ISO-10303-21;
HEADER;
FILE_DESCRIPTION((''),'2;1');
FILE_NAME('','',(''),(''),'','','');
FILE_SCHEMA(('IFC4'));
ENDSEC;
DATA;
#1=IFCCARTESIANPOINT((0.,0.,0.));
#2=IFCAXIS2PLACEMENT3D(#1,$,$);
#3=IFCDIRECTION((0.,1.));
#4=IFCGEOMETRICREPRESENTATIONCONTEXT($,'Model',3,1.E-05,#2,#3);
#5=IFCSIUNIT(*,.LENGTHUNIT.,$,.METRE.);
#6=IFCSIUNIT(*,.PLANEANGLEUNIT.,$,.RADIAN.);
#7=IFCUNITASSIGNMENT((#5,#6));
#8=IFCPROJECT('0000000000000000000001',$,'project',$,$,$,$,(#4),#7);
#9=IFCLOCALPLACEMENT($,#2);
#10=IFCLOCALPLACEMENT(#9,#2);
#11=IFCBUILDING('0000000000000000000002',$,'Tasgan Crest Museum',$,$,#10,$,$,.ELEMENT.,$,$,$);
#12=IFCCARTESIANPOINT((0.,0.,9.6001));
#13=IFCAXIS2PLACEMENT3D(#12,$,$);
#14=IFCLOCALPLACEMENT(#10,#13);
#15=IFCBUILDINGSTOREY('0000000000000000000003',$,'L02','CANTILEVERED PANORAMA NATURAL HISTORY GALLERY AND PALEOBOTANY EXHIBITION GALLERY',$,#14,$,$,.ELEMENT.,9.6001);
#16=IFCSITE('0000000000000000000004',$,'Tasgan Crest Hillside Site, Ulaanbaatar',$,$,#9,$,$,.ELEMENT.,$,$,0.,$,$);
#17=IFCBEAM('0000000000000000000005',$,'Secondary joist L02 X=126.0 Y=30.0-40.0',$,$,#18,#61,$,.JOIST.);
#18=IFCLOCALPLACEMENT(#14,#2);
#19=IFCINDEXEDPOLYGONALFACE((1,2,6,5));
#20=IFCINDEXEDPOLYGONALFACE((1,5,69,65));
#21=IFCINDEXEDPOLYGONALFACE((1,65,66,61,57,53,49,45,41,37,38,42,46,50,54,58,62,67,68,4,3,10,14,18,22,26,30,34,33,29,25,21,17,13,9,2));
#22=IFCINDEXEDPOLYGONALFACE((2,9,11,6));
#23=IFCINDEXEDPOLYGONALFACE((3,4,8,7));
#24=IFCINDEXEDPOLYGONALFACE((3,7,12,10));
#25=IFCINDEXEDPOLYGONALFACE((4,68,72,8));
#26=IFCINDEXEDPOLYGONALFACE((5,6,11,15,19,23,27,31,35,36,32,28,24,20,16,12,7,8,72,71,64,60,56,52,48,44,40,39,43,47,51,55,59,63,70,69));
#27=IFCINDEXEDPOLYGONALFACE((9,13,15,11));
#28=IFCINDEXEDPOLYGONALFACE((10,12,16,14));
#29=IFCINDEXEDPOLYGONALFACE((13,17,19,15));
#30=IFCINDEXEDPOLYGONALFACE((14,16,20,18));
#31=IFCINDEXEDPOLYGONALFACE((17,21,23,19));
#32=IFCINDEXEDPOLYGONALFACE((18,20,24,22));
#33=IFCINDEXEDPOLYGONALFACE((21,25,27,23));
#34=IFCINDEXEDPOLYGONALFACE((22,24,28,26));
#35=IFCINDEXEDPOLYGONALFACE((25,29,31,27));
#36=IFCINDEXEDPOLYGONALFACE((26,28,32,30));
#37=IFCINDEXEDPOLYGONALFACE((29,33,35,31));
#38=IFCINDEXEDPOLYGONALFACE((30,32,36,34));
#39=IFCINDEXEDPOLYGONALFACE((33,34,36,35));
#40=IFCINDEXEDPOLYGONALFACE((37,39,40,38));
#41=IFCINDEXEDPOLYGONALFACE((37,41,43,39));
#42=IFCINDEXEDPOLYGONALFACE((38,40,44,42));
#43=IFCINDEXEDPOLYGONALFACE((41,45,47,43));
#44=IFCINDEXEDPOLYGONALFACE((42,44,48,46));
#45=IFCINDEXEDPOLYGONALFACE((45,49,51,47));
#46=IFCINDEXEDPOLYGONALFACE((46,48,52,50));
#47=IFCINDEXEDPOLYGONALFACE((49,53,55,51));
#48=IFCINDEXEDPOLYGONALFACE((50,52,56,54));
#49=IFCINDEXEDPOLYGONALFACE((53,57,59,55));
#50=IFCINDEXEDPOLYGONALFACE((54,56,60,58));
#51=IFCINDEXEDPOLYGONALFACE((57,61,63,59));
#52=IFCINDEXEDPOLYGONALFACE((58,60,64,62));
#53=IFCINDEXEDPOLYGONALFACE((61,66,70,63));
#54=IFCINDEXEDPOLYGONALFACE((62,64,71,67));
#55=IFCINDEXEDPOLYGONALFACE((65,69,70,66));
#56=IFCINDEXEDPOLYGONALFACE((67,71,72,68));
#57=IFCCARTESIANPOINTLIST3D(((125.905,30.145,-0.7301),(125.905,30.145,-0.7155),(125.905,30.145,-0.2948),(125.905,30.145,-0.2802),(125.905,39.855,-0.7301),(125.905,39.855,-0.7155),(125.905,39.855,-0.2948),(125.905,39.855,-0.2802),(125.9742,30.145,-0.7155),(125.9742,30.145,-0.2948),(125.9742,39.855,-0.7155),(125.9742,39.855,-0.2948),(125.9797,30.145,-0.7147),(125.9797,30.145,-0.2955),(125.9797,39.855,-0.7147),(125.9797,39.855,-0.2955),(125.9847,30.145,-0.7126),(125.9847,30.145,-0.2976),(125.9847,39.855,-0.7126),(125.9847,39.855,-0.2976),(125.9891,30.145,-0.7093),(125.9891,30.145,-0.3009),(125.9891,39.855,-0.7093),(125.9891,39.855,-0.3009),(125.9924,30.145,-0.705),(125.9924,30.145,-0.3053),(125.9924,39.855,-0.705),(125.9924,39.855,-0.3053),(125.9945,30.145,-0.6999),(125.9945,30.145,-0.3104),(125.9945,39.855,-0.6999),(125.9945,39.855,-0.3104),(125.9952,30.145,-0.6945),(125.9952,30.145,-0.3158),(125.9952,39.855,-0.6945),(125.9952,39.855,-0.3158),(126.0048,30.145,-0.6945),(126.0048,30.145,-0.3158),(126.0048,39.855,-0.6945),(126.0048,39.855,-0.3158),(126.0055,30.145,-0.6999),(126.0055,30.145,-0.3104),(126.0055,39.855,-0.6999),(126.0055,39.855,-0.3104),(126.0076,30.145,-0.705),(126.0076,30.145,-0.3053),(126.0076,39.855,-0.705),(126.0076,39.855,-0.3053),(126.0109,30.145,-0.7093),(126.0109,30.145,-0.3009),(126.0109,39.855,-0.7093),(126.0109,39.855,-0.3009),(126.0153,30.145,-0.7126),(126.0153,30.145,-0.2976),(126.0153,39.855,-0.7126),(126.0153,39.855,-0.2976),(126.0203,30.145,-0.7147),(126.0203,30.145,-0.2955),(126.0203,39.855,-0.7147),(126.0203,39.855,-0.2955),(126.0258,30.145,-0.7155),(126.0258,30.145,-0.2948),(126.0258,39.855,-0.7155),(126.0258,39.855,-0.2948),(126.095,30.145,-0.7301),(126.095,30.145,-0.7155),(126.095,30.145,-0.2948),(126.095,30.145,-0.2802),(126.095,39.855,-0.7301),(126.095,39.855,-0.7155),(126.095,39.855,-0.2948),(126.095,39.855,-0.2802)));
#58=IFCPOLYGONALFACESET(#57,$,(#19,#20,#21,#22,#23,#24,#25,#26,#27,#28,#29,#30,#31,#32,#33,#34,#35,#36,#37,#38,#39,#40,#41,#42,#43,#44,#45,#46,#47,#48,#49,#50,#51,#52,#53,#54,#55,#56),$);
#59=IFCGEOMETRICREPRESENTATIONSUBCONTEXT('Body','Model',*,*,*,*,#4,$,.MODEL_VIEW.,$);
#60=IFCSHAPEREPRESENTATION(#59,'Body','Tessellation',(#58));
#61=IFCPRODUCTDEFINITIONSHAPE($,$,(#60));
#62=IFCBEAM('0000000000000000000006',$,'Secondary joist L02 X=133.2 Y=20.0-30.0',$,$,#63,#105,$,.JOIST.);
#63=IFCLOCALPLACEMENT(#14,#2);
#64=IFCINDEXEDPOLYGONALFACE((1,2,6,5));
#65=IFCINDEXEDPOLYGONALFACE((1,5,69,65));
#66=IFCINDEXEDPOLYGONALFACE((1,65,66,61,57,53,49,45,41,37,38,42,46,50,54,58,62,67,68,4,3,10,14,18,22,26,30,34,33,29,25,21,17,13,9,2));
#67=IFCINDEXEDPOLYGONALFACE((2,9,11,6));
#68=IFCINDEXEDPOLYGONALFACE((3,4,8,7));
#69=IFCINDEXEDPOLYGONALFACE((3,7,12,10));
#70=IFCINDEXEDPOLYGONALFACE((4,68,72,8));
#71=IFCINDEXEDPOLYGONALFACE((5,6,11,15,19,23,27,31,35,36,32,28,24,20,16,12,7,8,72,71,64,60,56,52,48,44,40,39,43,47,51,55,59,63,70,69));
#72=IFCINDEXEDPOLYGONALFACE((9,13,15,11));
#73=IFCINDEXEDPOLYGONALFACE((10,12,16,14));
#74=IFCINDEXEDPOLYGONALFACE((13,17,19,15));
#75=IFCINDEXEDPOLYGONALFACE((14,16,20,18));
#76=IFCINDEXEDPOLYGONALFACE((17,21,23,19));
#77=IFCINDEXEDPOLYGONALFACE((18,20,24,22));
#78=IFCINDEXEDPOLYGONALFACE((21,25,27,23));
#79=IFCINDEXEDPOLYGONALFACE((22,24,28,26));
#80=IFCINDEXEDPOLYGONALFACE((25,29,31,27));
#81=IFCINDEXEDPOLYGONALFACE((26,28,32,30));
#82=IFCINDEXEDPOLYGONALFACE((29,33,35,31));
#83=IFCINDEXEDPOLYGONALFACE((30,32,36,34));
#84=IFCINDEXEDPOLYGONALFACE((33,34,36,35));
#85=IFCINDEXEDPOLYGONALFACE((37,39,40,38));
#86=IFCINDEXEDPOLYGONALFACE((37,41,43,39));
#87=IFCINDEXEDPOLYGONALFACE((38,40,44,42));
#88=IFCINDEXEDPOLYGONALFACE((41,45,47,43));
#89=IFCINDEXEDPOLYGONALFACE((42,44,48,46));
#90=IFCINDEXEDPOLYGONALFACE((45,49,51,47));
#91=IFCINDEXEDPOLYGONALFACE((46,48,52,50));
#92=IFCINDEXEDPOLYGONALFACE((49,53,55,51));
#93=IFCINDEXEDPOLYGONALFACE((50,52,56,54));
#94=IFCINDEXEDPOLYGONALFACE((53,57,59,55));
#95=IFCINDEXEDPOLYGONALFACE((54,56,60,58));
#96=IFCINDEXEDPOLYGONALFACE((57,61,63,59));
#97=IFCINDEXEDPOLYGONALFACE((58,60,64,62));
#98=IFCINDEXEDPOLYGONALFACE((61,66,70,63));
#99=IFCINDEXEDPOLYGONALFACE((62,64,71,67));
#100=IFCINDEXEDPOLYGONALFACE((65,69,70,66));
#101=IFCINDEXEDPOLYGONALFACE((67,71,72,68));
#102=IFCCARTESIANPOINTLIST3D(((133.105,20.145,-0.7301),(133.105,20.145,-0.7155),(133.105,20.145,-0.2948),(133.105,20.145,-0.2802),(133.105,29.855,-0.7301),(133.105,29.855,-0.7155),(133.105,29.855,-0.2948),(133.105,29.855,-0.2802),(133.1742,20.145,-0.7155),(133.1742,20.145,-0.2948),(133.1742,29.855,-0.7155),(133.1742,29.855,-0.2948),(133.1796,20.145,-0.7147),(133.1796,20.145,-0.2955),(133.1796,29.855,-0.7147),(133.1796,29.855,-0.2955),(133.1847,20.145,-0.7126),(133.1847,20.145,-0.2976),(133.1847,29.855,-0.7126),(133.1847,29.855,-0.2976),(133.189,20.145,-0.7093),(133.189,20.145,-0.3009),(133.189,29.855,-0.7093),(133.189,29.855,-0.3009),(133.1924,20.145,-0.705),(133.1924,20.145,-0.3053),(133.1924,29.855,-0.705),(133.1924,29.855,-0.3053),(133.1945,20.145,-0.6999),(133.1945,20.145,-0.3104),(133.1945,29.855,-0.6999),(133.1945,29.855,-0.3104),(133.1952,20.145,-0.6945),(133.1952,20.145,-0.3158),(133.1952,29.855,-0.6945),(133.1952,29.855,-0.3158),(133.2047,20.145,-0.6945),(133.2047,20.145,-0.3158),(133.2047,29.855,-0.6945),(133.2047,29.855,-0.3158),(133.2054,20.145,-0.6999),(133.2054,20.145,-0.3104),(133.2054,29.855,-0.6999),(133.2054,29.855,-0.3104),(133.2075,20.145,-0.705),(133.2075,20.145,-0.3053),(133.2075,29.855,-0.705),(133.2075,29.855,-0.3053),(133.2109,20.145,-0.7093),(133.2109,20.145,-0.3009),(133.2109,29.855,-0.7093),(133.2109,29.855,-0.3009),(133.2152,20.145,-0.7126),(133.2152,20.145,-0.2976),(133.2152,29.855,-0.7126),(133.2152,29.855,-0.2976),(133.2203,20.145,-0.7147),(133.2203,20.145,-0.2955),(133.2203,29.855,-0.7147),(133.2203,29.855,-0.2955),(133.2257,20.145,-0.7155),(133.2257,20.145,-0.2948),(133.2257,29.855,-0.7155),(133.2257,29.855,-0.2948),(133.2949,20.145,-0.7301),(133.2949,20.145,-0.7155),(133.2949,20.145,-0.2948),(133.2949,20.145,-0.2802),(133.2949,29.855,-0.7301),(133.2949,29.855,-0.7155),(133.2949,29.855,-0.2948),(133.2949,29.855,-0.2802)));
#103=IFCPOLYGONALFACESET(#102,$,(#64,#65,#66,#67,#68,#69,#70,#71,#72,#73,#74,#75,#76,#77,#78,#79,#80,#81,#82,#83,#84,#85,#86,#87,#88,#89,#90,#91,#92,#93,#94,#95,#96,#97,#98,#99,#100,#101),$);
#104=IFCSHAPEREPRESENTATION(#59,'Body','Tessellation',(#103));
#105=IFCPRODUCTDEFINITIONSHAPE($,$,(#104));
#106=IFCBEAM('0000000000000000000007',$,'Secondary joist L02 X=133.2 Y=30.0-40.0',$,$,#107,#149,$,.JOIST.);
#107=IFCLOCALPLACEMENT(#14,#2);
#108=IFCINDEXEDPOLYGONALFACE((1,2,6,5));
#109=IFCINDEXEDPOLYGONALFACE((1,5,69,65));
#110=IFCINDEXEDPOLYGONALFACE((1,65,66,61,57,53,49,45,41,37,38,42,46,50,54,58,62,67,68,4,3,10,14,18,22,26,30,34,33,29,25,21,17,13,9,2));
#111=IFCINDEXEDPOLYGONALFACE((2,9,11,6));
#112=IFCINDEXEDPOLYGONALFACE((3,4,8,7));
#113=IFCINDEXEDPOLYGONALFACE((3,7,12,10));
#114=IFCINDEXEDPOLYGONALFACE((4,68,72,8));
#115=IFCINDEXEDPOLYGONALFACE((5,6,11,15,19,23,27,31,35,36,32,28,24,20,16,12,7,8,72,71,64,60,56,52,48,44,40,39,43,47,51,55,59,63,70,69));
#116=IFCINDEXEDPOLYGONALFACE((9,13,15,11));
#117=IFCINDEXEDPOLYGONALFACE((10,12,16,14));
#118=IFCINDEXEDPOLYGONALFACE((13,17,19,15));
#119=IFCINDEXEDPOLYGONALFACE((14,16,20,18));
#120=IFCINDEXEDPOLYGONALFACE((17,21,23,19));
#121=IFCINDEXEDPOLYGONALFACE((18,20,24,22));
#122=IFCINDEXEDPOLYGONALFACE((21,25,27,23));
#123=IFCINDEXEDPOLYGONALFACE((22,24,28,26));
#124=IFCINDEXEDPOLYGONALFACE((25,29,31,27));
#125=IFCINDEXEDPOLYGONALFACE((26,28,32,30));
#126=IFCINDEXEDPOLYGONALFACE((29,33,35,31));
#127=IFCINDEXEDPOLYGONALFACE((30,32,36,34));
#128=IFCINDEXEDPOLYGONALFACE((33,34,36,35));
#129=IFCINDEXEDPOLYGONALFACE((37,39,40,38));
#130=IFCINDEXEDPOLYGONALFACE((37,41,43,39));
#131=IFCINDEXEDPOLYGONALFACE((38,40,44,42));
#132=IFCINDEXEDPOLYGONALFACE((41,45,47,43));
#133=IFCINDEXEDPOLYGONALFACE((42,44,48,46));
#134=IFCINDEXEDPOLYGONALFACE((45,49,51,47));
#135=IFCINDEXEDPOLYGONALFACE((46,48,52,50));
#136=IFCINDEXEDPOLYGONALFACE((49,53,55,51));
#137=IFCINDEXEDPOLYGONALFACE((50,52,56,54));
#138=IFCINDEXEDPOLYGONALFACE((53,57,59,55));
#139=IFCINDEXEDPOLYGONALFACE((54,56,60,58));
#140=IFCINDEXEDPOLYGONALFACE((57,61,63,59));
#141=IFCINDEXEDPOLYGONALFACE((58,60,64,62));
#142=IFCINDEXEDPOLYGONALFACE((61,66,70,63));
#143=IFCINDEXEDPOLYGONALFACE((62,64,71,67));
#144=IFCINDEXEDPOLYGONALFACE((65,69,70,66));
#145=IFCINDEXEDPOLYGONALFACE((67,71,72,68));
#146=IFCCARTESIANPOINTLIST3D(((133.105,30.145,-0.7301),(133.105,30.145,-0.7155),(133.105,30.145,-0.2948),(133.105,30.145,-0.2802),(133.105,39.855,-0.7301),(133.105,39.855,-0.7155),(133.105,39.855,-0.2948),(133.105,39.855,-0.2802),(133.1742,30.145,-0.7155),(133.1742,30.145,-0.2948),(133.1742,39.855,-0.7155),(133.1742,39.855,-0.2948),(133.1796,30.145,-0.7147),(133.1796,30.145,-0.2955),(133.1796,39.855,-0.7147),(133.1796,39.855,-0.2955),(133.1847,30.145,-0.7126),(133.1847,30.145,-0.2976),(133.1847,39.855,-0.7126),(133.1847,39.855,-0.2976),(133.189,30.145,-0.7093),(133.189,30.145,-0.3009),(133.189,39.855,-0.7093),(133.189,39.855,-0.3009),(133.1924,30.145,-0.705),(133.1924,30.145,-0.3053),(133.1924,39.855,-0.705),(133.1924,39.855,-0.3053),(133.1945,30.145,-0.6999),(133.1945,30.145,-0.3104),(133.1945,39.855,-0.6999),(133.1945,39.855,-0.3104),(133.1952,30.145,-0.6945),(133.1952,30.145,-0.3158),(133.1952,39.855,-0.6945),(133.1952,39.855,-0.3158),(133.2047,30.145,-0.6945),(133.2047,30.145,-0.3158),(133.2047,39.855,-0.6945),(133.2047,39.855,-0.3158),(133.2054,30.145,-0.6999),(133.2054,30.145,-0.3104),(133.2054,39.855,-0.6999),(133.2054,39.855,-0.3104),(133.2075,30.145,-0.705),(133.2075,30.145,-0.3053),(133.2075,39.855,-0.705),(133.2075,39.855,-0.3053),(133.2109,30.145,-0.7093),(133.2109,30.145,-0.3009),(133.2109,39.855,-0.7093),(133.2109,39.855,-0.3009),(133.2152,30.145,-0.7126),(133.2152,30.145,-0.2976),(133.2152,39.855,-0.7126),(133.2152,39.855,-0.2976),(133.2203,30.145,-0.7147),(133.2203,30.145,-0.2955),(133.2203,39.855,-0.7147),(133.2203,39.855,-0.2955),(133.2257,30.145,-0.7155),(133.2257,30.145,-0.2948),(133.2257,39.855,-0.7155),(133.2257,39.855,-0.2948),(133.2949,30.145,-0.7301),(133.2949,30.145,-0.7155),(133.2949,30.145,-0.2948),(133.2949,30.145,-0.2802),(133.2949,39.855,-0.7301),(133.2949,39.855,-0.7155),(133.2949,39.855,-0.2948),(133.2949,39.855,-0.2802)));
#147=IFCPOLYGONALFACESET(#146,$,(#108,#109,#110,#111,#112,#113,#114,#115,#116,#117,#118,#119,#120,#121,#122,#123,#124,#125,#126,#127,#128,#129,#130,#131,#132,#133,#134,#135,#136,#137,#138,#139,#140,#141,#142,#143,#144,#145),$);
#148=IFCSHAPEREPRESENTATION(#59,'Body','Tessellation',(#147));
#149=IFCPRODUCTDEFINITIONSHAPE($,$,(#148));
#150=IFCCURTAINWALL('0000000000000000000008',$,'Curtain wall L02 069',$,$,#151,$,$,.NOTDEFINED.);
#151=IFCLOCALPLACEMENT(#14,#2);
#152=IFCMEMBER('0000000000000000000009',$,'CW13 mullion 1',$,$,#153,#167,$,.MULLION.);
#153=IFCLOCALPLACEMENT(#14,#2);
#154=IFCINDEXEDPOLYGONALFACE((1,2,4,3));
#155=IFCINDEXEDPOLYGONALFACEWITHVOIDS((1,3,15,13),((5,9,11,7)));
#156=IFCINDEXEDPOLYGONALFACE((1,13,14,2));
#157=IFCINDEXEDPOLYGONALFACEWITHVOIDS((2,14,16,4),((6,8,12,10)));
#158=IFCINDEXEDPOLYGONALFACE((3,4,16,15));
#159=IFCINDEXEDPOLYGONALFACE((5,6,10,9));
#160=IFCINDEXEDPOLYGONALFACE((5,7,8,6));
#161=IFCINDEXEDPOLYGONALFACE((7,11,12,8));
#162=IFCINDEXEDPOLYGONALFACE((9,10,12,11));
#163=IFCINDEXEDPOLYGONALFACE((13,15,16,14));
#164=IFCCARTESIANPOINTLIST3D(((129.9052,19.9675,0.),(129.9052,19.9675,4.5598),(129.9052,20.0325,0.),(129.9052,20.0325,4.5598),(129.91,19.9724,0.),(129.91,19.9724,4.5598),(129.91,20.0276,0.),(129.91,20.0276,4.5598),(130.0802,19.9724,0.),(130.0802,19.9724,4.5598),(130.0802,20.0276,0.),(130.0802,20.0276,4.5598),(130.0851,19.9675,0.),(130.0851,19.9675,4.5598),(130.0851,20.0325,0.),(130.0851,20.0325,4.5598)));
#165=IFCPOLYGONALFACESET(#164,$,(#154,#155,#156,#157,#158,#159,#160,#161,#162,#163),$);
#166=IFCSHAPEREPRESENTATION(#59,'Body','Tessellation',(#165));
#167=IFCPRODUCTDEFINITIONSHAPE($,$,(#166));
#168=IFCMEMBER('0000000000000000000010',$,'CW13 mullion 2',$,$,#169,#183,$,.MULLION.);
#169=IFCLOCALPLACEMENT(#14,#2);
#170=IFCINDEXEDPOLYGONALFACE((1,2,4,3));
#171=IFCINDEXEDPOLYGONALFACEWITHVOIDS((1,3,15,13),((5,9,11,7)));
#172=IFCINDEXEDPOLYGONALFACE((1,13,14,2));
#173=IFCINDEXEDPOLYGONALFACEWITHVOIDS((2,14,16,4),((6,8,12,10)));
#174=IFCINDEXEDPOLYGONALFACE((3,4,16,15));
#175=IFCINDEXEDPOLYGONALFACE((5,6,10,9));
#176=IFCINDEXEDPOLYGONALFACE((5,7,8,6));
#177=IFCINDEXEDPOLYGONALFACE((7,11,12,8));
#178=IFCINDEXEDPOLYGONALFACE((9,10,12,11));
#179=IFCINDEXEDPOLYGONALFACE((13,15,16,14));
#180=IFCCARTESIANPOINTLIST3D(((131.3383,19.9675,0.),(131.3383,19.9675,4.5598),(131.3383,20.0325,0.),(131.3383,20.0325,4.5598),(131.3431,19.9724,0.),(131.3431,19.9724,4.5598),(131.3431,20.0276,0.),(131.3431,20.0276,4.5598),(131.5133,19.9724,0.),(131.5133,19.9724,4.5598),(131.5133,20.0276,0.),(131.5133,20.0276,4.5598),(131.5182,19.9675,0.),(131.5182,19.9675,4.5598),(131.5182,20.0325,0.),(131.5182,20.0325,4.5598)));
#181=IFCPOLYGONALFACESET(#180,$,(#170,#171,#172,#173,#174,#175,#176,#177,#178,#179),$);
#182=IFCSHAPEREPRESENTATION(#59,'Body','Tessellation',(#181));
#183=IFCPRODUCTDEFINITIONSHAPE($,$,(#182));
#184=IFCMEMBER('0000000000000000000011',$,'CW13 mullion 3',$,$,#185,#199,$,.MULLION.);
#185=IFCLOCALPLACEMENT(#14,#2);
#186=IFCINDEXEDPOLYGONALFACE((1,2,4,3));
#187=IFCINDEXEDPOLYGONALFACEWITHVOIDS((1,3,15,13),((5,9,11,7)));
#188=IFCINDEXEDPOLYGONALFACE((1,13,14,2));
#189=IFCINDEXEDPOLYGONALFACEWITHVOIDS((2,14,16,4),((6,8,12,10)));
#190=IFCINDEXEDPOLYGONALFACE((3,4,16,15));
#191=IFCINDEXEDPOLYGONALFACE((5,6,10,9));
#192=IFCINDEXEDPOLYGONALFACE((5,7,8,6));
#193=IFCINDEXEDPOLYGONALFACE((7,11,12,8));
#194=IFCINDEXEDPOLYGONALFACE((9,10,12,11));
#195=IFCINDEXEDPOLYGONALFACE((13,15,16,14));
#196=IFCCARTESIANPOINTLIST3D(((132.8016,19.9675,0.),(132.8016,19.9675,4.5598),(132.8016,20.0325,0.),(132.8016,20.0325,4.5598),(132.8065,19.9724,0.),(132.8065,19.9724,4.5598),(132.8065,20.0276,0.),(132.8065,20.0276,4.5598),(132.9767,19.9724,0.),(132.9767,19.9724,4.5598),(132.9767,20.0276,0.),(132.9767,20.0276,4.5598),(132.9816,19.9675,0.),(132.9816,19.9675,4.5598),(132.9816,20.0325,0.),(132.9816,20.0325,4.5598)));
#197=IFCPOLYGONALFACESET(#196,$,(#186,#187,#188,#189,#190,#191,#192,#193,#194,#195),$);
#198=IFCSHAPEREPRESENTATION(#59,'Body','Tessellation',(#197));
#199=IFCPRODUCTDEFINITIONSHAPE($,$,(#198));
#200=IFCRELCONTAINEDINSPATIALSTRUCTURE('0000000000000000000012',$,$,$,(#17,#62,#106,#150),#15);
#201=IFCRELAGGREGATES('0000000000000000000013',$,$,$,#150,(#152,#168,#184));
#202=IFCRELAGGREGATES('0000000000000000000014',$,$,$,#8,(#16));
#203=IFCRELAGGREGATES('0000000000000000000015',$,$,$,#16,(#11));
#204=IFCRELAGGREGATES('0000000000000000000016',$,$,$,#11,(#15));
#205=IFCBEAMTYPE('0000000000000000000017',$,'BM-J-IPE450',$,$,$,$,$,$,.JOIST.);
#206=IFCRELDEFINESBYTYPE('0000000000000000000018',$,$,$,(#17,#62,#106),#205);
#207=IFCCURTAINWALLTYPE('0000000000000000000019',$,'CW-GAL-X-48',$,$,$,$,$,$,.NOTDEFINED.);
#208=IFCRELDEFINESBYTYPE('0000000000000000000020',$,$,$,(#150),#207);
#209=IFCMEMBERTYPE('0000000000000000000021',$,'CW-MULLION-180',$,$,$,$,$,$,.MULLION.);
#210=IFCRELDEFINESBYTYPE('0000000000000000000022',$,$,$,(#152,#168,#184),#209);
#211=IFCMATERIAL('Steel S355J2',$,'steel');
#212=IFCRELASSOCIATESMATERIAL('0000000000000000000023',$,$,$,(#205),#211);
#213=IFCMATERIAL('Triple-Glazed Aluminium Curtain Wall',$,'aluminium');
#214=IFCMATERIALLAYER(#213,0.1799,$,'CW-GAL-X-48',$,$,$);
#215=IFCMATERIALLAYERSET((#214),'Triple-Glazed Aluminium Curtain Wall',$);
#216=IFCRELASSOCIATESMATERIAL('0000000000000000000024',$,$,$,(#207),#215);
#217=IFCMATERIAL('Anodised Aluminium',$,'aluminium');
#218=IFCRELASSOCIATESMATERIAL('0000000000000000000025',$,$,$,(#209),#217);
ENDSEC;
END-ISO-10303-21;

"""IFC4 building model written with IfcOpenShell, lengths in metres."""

from ifc_helpers import new_model, si_unit, direction, frame, origin, origin_2d, place, context, subcontext, project, spatial, hollow_rectangle, i_section, extrude, material, layer, layer_set, material_profile, profile_set, type_object, element, aggregate, save


model = new_model("IFC4")

# Units and contexts
model_context = context("Model", 3, precision=1e-05, world=origin(), true_north=direction((0.0, 1.0)))
body_context = subcontext(model_context, "Body", "Model", "MODEL_VIEW")
ifc_project = project(units=[si_unit("LENGTHUNIT", "METRE"), si_unit("PLANEANGLEUNIT", "RADIAN")], contexts=[model_context])

# Site, building, storey
site_placement = place(None, origin())
site = spatial("IfcSite", under=ifc_project, at=site_placement, Name="Tasgan Crest Hillside Site, Ulaanbaatar", CompositionType="ELEMENT", RefElevation=0.0)
building_placement = place(site_placement, origin())
building = spatial("IfcBuilding", under=site, at=building_placement, Name="Tasgan Crest Museum", CompositionType="ELEMENT")
storey_placement = place(building_placement, frame((0.0, 0.0, 9.6001)))
storey = spatial("IfcBuildingStorey", under=building, at=storey_placement, Name="L02", Description="CANTILEVERED PANORAMA NATURAL HISTORY GALLERY AND PALEOBOTANY EXHIBITION GALLERY", CompositionType="ELEMENT", Elevation=9.6001)

# Beams
ifc_material_1 = material(Name="Steel S355J2", Category="steel")
ifc_material_profile_1 = material_profile(ifc_material_1, i_section(OverallWidth=0.1899, OverallDepth=0.45, WebThickness=0.0095, FlangeThickness=0.0146, FilletRadius=0.021, at=origin_2d()), Name="IPE 450")
ifc_profile_set_1 = profile_set([ifc_material_profile_1], Name="Steel S355J2")
beam_type_1 = type_object("IfcBeamType", Name="BM-J-IPE450", PredefinedType="JOIST", material=ifc_profile_set_1)
for number, where, z_axis, x_axis, name in (
    (1, (126.0, 30.145, -0.5051), (0.0, 1.0, 0.0), (-1.0, 0.0, 0.0), "Secondary joist L02 X=126.0 Y=30.0-40.0"),
    (2, (133.2, 20.145, -0.5051), (0.0, 1.0, 0.0), (-1.0, 0.0, 0.0), "Secondary joist L02 X=133.2 Y=20.0-30.0"),
    (3, (133.2, 30.145, -0.5051), (0.0, 1.0, 0.0), (-1.0, 0.0, 0.0), "Secondary joist L02 X=133.2 Y=30.0-40.0"),
):
    element("IfcBeam", number, at=place(storey_placement, frame(where, z_axis=z_axis, x_axis=x_axis)), inside=storey, type_object=beam_type_1, Name=name, PredefinedType="JOIST", context=body_context, shape_type="SweptSolid", body=[
        extrude(i_section(OverallWidth=0.1899, OverallDepth=0.45, WebThickness=0.0095, FlangeThickness=0.0146, FilletRadius=0.021, at=origin_2d()), origin(), (0.0, 0.0, 1.0), 9.71),
    ])

# Curtain wall, members
ifc_material_2 = material(Name="Triple-Glazed Aluminium Curtain Wall", Category="aluminium")
ifc_layer_1 = layer(ifc_material_2, 0.1799, Name="CW-GAL-X-48")
ifc_layer_set_1 = layer_set([ifc_layer_1], Name="Triple-Glazed Aluminium Curtain Wall")
curtain_wall_type = type_object("IfcCurtainWallType", Name="CW-GAL-X-48", PredefinedType="NOTDEFINED", material=ifc_layer_set_1)
curtain_wall_placement = place(storey_placement, origin())
curtain_wall = element("IfcCurtainWall", 4, at=curtain_wall_placement, inside=storey, type_object=curtain_wall_type, Name="Curtain wall L02 069", PredefinedType="NOTDEFINED")
ifc_material_3 = material(Name="Anodised Aluminium", Category="aluminium")
ifc_material_profile_2 = material_profile(ifc_material_3, hollow_rectangle(XDim=0.0649, YDim=0.1799, WallThickness=0.0049, at=origin_2d()), Name="ALU MULLION 180x65x5")
ifc_profile_set_2 = profile_set([ifc_material_profile_2], Name="Anodised Aluminium")
member_type_1 = type_object("IfcMemberType", Name="CW-MULLION-180", PredefinedType="MULLION", material=ifc_profile_set_2)
member_1_placement = place(storey_placement, frame((129.9951, 20.0, 0.0), z_axis=(0.0, 0.0, 1.0), x_axis=(0.0, 1.0, 0.0)))
member_1 = element("IfcMember", 5, at=member_1_placement, type_object=member_type_1, Name="CW13 mullion 1", PredefinedType="MULLION", context=body_context, shape_type="SweptSolid", body=[
    extrude(hollow_rectangle(XDim=0.0649, YDim=0.1799, WallThickness=0.0049, at=origin_2d()), origin(), (0.0, 0.0, 1.0), 4.5598),
])
member_2_placement = place(storey_placement, frame((131.4282, 20.0, 0.0), z_axis=(0.0, 0.0, 1.0), x_axis=(0.0, 1.0, 0.0)))
member_2 = element("IfcMember", 6, at=member_2_placement, type_object=member_type_1, Name="CW13 mullion 2", PredefinedType="MULLION", context=body_context, shape_type="SweptSolid", body=[
    extrude(hollow_rectangle(XDim=0.0649, YDim=0.1799, WallThickness=0.0049, at=origin_2d()), origin(), (0.0, 0.0, 1.0), 4.5598),
])
member_3_placement = place(storey_placement, frame((132.8916, 20.0, 0.0), z_axis=(0.0, 0.0, 1.0), x_axis=(0.0, 1.0, 0.0)))
member_3 = element("IfcMember", 7, at=member_3_placement, type_object=member_type_1, Name="CW13 mullion 3", PredefinedType="MULLION", context=body_context, shape_type="SweptSolid", body=[
    extrude(hollow_rectangle(XDim=0.0649, YDim=0.1799, WallThickness=0.0049, at=origin_2d()), origin(), (0.0, 0.0, 1.0), 4.5598),
])
aggregate(curtain_wall, [member_1, member_2, member_3])

save(model, "model.ifc")
